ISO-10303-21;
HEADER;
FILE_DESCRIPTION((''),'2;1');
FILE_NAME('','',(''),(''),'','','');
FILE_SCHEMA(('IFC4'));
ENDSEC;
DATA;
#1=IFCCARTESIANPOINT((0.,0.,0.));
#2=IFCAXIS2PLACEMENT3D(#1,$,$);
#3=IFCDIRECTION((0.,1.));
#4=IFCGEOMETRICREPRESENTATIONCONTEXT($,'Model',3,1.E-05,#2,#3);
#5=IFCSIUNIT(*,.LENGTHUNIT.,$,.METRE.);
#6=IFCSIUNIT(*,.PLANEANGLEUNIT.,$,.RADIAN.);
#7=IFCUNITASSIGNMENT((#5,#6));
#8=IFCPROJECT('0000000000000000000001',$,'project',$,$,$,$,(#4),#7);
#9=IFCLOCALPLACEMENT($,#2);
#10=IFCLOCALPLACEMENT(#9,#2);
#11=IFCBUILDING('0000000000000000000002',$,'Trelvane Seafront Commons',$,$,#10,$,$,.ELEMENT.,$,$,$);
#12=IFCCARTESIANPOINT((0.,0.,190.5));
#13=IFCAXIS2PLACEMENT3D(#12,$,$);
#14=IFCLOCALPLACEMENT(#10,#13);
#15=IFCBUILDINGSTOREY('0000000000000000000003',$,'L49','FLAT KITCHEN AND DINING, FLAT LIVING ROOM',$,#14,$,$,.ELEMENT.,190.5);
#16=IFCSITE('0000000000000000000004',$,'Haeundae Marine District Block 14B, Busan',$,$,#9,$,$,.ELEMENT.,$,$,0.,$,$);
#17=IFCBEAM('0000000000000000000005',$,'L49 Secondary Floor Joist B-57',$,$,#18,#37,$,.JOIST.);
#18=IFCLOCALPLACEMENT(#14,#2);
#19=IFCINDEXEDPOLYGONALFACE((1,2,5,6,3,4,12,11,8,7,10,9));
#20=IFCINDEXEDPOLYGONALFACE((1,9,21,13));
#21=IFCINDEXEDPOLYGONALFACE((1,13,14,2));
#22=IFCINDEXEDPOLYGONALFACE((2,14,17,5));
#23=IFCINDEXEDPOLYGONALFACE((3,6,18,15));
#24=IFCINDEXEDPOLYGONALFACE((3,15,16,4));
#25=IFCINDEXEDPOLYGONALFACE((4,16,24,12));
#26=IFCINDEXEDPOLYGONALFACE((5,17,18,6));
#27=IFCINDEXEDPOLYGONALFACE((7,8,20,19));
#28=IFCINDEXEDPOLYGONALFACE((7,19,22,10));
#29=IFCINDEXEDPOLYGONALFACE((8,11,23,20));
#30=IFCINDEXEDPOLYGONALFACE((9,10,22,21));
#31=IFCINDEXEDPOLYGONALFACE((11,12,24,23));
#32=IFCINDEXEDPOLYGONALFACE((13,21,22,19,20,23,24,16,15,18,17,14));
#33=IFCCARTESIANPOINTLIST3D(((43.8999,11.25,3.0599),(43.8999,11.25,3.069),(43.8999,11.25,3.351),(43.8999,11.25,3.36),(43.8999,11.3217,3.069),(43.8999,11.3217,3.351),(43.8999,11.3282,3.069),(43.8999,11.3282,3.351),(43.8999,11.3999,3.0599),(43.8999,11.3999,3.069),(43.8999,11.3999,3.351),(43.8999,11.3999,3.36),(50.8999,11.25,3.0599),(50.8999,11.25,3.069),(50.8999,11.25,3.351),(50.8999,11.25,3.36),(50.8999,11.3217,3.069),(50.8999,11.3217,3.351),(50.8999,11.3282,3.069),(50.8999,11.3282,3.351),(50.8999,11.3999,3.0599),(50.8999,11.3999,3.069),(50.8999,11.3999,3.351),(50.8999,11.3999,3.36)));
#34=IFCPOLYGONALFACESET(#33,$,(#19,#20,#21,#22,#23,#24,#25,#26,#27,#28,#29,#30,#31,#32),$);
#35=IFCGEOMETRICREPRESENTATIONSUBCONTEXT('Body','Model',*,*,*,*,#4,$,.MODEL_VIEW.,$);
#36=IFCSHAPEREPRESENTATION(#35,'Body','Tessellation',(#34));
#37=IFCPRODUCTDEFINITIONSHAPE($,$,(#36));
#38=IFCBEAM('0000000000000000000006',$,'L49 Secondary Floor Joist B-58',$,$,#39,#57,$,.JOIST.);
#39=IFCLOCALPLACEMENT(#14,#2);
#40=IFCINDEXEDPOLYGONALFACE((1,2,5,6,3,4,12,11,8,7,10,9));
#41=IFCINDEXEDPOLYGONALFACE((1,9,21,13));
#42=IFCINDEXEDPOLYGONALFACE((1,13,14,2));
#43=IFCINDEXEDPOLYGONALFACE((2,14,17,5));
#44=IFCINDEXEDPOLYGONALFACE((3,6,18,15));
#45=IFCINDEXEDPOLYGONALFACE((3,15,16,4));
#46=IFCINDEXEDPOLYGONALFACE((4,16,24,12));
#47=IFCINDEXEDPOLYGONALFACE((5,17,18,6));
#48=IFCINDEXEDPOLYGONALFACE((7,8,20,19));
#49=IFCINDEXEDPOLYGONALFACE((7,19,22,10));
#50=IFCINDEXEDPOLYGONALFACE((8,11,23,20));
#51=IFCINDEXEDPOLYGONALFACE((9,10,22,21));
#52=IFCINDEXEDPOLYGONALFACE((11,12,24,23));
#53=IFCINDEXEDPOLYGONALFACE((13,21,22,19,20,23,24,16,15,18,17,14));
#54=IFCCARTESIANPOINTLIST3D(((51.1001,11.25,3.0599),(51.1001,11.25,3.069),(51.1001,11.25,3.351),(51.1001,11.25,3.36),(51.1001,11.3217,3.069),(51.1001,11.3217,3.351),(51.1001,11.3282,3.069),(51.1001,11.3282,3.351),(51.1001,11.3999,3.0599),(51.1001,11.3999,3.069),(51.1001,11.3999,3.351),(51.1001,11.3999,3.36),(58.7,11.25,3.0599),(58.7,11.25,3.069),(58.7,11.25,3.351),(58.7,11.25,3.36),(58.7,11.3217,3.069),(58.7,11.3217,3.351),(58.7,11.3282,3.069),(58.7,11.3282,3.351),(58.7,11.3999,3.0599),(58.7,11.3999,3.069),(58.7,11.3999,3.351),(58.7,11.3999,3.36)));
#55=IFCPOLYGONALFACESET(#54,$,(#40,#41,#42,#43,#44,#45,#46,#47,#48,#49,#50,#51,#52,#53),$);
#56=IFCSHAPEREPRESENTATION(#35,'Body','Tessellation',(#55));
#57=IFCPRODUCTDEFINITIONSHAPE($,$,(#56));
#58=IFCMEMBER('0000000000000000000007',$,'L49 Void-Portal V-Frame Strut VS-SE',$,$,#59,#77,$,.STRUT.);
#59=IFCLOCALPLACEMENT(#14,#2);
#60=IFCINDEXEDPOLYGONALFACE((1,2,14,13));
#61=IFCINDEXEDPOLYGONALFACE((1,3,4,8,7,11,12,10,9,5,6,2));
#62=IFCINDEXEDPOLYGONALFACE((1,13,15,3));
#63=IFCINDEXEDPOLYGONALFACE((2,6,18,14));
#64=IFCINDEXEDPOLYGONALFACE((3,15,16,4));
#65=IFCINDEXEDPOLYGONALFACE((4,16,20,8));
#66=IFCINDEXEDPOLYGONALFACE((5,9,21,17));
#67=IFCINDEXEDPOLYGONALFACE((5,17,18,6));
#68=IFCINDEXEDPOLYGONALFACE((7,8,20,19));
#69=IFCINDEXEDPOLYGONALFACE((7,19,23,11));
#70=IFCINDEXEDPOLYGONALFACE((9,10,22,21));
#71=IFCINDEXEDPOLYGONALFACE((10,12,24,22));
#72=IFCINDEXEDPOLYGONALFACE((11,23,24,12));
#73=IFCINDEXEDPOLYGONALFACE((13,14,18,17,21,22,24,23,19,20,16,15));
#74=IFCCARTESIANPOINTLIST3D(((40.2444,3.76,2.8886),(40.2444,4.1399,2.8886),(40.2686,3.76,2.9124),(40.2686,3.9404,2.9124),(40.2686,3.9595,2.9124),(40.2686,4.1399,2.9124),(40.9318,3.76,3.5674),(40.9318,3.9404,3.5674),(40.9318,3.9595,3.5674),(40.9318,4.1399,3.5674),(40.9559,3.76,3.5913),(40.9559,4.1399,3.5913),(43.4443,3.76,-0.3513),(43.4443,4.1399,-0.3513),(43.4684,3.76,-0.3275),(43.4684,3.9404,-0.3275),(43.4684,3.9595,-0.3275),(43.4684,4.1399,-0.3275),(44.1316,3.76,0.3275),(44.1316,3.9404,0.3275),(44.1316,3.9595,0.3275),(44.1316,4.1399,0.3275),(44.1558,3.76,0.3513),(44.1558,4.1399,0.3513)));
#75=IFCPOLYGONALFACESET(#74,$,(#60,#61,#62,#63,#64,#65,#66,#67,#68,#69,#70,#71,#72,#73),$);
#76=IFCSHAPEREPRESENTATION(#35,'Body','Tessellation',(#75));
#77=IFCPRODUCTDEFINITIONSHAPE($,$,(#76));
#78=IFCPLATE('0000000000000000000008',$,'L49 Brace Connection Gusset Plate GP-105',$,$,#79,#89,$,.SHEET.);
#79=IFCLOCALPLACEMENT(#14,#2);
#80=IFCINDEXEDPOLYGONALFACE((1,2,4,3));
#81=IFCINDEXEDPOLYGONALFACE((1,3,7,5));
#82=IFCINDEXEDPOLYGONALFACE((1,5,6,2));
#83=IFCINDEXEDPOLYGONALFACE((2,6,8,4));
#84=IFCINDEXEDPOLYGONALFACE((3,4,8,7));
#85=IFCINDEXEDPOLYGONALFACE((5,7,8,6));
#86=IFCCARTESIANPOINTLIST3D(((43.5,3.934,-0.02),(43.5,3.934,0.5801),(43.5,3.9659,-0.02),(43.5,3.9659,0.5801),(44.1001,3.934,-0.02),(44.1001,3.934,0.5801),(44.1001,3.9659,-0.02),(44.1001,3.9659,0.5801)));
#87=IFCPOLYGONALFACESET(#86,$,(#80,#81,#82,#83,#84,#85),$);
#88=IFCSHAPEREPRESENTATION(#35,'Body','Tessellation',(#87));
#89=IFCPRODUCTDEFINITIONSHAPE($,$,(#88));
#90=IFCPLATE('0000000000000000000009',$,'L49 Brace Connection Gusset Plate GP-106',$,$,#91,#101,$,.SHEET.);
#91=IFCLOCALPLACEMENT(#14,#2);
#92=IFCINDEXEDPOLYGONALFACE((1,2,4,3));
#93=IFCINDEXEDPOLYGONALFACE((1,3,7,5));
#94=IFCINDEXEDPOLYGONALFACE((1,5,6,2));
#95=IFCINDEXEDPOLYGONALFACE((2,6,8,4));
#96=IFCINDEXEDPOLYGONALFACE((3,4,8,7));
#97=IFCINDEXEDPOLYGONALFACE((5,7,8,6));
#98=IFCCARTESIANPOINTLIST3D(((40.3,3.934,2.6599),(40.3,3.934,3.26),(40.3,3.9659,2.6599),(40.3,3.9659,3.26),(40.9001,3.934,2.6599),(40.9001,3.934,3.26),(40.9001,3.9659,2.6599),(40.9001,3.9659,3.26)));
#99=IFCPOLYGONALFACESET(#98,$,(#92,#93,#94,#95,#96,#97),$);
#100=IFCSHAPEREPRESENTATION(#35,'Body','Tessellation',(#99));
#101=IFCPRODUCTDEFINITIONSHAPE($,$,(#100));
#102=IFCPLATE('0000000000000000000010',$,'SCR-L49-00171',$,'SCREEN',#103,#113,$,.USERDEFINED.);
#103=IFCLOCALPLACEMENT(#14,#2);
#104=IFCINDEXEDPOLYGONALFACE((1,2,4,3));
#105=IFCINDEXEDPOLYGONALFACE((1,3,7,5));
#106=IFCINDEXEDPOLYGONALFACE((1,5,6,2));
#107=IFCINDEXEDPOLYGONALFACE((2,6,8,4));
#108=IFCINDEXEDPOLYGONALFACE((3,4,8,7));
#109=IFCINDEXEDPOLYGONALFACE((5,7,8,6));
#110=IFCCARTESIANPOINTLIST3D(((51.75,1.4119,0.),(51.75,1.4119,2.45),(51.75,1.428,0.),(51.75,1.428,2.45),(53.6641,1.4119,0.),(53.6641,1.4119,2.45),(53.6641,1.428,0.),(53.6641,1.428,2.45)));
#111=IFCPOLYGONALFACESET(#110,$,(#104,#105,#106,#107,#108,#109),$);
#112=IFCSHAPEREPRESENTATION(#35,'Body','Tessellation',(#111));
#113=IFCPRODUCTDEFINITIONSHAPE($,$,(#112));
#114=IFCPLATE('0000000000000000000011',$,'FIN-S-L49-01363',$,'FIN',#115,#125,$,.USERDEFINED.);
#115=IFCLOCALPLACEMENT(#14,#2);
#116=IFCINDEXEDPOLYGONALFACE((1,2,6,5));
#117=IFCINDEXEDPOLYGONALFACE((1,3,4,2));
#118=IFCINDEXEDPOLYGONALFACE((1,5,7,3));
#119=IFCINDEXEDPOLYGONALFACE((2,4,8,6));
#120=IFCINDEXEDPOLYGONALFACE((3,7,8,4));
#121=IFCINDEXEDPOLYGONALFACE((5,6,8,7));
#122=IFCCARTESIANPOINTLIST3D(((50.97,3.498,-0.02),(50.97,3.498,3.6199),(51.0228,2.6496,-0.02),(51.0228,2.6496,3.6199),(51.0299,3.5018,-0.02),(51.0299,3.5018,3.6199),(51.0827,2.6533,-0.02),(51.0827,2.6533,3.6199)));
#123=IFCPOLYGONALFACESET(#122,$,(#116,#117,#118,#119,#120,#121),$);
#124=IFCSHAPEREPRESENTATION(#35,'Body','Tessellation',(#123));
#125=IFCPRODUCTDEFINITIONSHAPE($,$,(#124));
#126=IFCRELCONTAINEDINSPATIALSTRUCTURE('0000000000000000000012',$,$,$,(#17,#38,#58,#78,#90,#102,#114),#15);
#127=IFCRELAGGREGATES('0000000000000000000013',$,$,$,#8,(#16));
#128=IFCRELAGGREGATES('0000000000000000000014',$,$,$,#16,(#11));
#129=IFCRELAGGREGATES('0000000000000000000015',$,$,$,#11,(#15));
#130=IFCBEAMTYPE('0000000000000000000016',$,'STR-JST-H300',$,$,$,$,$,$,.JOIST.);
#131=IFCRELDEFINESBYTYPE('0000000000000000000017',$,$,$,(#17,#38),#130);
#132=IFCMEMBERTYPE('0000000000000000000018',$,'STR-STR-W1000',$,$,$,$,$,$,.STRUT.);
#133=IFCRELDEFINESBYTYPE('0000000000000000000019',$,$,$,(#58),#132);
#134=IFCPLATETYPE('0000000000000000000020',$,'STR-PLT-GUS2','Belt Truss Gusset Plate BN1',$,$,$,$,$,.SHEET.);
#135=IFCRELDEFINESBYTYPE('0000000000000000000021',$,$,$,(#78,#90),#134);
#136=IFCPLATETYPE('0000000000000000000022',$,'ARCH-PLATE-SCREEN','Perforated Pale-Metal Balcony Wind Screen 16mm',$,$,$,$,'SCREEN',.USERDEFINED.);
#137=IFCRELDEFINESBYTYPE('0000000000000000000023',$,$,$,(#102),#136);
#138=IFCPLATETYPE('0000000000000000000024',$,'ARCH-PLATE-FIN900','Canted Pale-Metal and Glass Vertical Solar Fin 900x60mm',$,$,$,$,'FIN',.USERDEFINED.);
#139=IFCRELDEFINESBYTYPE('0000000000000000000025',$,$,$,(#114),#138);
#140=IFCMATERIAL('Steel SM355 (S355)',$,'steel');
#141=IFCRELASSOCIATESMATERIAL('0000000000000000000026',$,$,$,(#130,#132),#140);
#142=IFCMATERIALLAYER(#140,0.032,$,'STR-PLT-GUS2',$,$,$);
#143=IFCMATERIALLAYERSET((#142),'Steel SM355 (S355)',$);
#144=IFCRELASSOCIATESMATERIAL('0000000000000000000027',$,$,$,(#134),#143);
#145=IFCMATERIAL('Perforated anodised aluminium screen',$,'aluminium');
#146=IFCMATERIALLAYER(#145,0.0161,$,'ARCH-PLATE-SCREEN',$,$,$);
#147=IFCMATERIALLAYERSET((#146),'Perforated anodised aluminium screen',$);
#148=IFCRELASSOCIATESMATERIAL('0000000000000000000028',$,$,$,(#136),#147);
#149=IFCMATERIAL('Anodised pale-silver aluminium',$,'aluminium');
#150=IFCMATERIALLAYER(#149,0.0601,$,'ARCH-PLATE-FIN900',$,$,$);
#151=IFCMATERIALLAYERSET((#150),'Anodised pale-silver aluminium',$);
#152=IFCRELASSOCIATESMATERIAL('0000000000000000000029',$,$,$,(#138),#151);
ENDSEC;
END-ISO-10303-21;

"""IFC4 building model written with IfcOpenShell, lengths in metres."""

from ifc_helpers import new_model, si_unit, direction, frame, origin, origin_2d, place, context, subcontext, project, spatial, rectangle, i_section, extrude, source, transform, mapped, material, layer, layer_set, material_profile, profile_set, type_object, element, save


model = new_model("IFC4")

# Units and contexts
model_context = context("Model", 3, precision=1e-05, world=origin(), true_north=direction((0.0, 1.0)))
body_context = subcontext(model_context, "Body", "Model", "MODEL_VIEW")
ifc_project = project(units=[si_unit("LENGTHUNIT", "METRE"), si_unit("PLANEANGLEUNIT", "RADIAN")], contexts=[model_context])

# Site, building, storey
site_placement = place(None, origin())
site = spatial("IfcSite", under=ifc_project, at=site_placement, Name="Haeundae Marine District Block 14B, Busan", CompositionType="ELEMENT", RefElevation=0.0)
building_placement = place(site_placement, origin())
building = spatial("IfcBuilding", under=site, at=building_placement, Name="Trelvane Seafront Commons", CompositionType="ELEMENT")
storey_placement = place(building_placement, frame((0.0, 0.0, 190.5)))
storey = spatial("IfcBuildingStorey", under=building, at=storey_placement, Name="L49", Description="FLAT KITCHEN AND DINING, FLAT LIVING ROOM", CompositionType="ELEMENT", Elevation=190.5)

# Shared definitions
ifc_material_1 = material(Name="Steel SM355 (S355)", Category="steel")

# Beams
ifc_material_profile_1 = material_profile(ifc_material_1, i_section(OverallWidth=0.1499, OverallDepth=0.3, WebThickness=0.0066, FlangeThickness=0.009, at=origin_2d()), Name="H-300x150x6.5x9")
ifc_profile_set_1 = profile_set([ifc_material_profile_1], Name="Steel SM355 (S355)")
beam_type_1 = type_object("IfcBeamType", Name="STR-JST-H300", PredefinedType="JOIST", material=ifc_profile_set_1)
shared_shape_1 = source(origin(), body_context, "Body", "SweptSolid", [
    extrude(i_section(OverallWidth=0.1499, OverallDepth=0.3, WebThickness=0.0066, FlangeThickness=0.009, at=origin_2d()), origin(), (0.0, 0.0, 1.0), 7.0),
])
beam_1_placement = place(storey_placement, frame((43.8999, 11.325, 3.21), z_axis=(1.0, 0.0, 0.0), x_axis=(0.0, 1.0, 0.0)))
element("IfcBeam", 1, at=beam_1_placement, inside=storey, type_object=beam_type_1, Name="L49 Secondary Floor Joist B-57", PredefinedType="JOIST", context=body_context, shape_type="MappedRepresentation", body=[
    mapped(shared_shape_1, transform((0.0, 0.0, 0.0), x_axis=(1.0, 0.0, 0.0), y_axis=(0.0, 1.0, 0.0), z_axis=(0.0, 0.0, 1.0), scale=1.0)),
])
shared_shape_2 = source(origin(), body_context, "Body", "SweptSolid", [
    extrude(i_section(OverallWidth=0.1499, OverallDepth=0.3, WebThickness=0.0066, FlangeThickness=0.009, at=origin_2d()), origin(), (0.0, 0.0, 1.0), 7.5999),
])
beam_2_placement = place(storey_placement, frame((51.1001, 11.325, 3.21), z_axis=(1.0, 0.0, 0.0), x_axis=(0.0, 1.0, 0.0)))
element("IfcBeam", 2, at=beam_2_placement, inside=storey, type_object=beam_type_1, Name="L49 Secondary Floor Joist B-58", PredefinedType="JOIST", context=body_context, shape_type="MappedRepresentation", body=[
    mapped(shared_shape_2, transform((0.0, 0.0, 0.0), x_axis=(1.0, 0.0, 0.0), y_axis=(0.0, 1.0, 0.0), z_axis=(0.0, 0.0, 1.0), scale=1.0)),
])

# Member
ifc_material_profile_2 = material_profile(ifc_material_1, i_section(OverallWidth=0.3799, OverallDepth=1.0, WebThickness=0.019, FlangeThickness=0.0339, at=origin_2d()), Name="W-1000x380x19x34")
ifc_profile_set_2 = profile_set([ifc_material_profile_2], Name="Steel SM355 (S355)")
member_type = type_object("IfcMemberType", Name="STR-STR-W1000", PredefinedType="STRUT", material=ifc_profile_set_2)
shared_shape_3 = source(origin(), body_context, "Body", "SweptSolid", [
    extrude(i_section(OverallWidth=0.3799, OverallDepth=1.0, WebThickness=0.019, FlangeThickness=0.0339, at=origin_2d()), origin(), (0.0, 0.0, 1.0), 4.5537),
])
member_placement = place(storey_placement, frame((43.8, 3.95, 0.0), z_axis=(-0.702697, 0.0, 0.711489), x_axis=(0.0, -1.0, 0.0)))
element("IfcMember", 3, at=member_placement, inside=storey, type_object=member_type, Name="L49 Void-Portal V-Frame Strut VS-SE", PredefinedType="STRUT", context=body_context, shape_type="MappedRepresentation", body=[
    mapped(shared_shape_3, transform((0.0, 0.0, 0.0), x_axis=(1.0, 0.0, 0.0), y_axis=(0.0, 1.0, 0.0), z_axis=(0.0, 0.0, 1.0), scale=1.0)),
])

# Plates
ifc_layer_1 = layer(ifc_material_1, 0.032, Name="STR-PLT-GUS2")
ifc_layer_set_1 = layer_set([ifc_layer_1], Name="Steel SM355 (S355)")
plate_type_1 = type_object("IfcPlateType", Name="STR-PLT-GUS2", Description="Belt Truss Gusset Plate BN1", PredefinedType="SHEET", material=ifc_layer_set_1)
shared_shape_4 = source(origin(), body_context, "Body", "SweptSolid", [
    extrude(rectangle(XDim=0.6001, YDim=0.032, at=origin_2d()), origin(), (0.0, 0.0, 1.0), 0.6001),
])
for number, where, z_axis, x_axis, name in (
    (4, (43.8, 3.95, -0.02), (0.0, 0.0, 1.0), (1.0, 0.0, 0.0), "L49 Brace Connection Gusset Plate GP-105"),
    (5, (40.6001, 3.95, 2.6599), (0.0, 0.0, 1.0), (1.0, 0.0, 0.0), "L49 Brace Connection Gusset Plate GP-106"),
):
    element("IfcPlate", number, at=place(storey_placement, frame(where, z_axis=z_axis, x_axis=x_axis)), inside=storey, type_object=plate_type_1, Name=name, PredefinedType="SHEET", context=body_context, shape_type="MappedRepresentation", body=[
        mapped(shared_shape_4, transform((0.0, 0.0, 0.0), x_axis=(1.0, 0.0, 0.0), y_axis=(0.0, 1.0, 0.0), z_axis=(0.0, 0.0, 1.0), scale=1.0)),
    ])
ifc_material_2 = material(Name="Perforated anodised aluminium screen", Category="aluminium")
ifc_layer_2 = layer(ifc_material_2, 0.0161, Name="ARCH-PLATE-SCREEN")
ifc_layer_set_2 = layer_set([ifc_layer_2], Name="Perforated anodised aluminium screen")
plate_type_2 = type_object("IfcPlateType", Name="ARCH-PLATE-SCREEN", Description="Perforated Pale-Metal Balcony Wind Screen 16mm", ElementType="SCREEN", PredefinedType="USERDEFINED", material=ifc_layer_set_2)
shared_shape_5 = source(origin(), body_context, "Body", "SweptSolid", [
    extrude(rectangle(XDim=1.9141, YDim=0.0161, at=origin_2d()), origin(), (0.0, 0.0, 1.0), 2.45),
])
plate_1_placement = place(storey_placement, frame((52.707, 1.4199, 0.0), z_axis=(0.0, 0.0, 1.0), x_axis=(1.0, 0.0, 0.0)))
element("IfcPlate", 6, at=plate_1_placement, inside=storey, type_object=plate_type_2, Name="SCR-L49-00171", ObjectType="SCREEN", PredefinedType="USERDEFINED", context=body_context, shape_type="MappedRepresentation", body=[
    mapped(shared_shape_5, transform((0.0, 0.0, 0.0), x_axis=(1.0, 0.0, 0.0), y_axis=(0.0, 1.0, 0.0), z_axis=(0.0, 0.0, 1.0), scale=1.0)),
])
ifc_material_3 = material(Name="Anodised pale-silver aluminium", Category="aluminium")
ifc_layer_3 = layer(ifc_material_3, 0.0601, Name="ARCH-PLATE-FIN900")
ifc_layer_set_3 = layer_set([ifc_layer_3], Name="Anodised pale-silver aluminium")
plate_type_3 = type_object("IfcPlateType", Name="ARCH-PLATE-FIN900", Description="Canted Pale-Metal and Glass Vertical Solar Fin 900x60mm", ElementType="FIN", PredefinedType="USERDEFINED", material=ifc_layer_set_3)
shared_shape_6 = source(origin(), body_context, "Body", "SweptSolid", [
    extrude(rectangle(XDim=0.8501, YDim=0.0601, at=origin_2d()), origin(), (0.0, 0.0, 1.0), 3.6399),
])
plate_2_placement = place(storey_placement, frame((51.0264, 3.0757, -0.02), z_axis=(0.0, 0.0, 1.0), x_axis=(0.062115, -0.998069, 0.0)))
element("IfcPlate", 7, at=plate_2_placement, inside=storey, type_object=plate_type_3, Name="FIN-S-L49-01363", ObjectType="FIN", PredefinedType="USERDEFINED", context=body_context, shape_type="MappedRepresentation", body=[
    mapped(shared_shape_6, transform((0.0, 0.0, 0.0), x_axis=(1.0, 0.0, 0.0), y_axis=(0.0, 1.0, 0.0), z_axis=(0.0, 0.0, 1.0), scale=1.0)),
])

save(model, "model.ifc")
